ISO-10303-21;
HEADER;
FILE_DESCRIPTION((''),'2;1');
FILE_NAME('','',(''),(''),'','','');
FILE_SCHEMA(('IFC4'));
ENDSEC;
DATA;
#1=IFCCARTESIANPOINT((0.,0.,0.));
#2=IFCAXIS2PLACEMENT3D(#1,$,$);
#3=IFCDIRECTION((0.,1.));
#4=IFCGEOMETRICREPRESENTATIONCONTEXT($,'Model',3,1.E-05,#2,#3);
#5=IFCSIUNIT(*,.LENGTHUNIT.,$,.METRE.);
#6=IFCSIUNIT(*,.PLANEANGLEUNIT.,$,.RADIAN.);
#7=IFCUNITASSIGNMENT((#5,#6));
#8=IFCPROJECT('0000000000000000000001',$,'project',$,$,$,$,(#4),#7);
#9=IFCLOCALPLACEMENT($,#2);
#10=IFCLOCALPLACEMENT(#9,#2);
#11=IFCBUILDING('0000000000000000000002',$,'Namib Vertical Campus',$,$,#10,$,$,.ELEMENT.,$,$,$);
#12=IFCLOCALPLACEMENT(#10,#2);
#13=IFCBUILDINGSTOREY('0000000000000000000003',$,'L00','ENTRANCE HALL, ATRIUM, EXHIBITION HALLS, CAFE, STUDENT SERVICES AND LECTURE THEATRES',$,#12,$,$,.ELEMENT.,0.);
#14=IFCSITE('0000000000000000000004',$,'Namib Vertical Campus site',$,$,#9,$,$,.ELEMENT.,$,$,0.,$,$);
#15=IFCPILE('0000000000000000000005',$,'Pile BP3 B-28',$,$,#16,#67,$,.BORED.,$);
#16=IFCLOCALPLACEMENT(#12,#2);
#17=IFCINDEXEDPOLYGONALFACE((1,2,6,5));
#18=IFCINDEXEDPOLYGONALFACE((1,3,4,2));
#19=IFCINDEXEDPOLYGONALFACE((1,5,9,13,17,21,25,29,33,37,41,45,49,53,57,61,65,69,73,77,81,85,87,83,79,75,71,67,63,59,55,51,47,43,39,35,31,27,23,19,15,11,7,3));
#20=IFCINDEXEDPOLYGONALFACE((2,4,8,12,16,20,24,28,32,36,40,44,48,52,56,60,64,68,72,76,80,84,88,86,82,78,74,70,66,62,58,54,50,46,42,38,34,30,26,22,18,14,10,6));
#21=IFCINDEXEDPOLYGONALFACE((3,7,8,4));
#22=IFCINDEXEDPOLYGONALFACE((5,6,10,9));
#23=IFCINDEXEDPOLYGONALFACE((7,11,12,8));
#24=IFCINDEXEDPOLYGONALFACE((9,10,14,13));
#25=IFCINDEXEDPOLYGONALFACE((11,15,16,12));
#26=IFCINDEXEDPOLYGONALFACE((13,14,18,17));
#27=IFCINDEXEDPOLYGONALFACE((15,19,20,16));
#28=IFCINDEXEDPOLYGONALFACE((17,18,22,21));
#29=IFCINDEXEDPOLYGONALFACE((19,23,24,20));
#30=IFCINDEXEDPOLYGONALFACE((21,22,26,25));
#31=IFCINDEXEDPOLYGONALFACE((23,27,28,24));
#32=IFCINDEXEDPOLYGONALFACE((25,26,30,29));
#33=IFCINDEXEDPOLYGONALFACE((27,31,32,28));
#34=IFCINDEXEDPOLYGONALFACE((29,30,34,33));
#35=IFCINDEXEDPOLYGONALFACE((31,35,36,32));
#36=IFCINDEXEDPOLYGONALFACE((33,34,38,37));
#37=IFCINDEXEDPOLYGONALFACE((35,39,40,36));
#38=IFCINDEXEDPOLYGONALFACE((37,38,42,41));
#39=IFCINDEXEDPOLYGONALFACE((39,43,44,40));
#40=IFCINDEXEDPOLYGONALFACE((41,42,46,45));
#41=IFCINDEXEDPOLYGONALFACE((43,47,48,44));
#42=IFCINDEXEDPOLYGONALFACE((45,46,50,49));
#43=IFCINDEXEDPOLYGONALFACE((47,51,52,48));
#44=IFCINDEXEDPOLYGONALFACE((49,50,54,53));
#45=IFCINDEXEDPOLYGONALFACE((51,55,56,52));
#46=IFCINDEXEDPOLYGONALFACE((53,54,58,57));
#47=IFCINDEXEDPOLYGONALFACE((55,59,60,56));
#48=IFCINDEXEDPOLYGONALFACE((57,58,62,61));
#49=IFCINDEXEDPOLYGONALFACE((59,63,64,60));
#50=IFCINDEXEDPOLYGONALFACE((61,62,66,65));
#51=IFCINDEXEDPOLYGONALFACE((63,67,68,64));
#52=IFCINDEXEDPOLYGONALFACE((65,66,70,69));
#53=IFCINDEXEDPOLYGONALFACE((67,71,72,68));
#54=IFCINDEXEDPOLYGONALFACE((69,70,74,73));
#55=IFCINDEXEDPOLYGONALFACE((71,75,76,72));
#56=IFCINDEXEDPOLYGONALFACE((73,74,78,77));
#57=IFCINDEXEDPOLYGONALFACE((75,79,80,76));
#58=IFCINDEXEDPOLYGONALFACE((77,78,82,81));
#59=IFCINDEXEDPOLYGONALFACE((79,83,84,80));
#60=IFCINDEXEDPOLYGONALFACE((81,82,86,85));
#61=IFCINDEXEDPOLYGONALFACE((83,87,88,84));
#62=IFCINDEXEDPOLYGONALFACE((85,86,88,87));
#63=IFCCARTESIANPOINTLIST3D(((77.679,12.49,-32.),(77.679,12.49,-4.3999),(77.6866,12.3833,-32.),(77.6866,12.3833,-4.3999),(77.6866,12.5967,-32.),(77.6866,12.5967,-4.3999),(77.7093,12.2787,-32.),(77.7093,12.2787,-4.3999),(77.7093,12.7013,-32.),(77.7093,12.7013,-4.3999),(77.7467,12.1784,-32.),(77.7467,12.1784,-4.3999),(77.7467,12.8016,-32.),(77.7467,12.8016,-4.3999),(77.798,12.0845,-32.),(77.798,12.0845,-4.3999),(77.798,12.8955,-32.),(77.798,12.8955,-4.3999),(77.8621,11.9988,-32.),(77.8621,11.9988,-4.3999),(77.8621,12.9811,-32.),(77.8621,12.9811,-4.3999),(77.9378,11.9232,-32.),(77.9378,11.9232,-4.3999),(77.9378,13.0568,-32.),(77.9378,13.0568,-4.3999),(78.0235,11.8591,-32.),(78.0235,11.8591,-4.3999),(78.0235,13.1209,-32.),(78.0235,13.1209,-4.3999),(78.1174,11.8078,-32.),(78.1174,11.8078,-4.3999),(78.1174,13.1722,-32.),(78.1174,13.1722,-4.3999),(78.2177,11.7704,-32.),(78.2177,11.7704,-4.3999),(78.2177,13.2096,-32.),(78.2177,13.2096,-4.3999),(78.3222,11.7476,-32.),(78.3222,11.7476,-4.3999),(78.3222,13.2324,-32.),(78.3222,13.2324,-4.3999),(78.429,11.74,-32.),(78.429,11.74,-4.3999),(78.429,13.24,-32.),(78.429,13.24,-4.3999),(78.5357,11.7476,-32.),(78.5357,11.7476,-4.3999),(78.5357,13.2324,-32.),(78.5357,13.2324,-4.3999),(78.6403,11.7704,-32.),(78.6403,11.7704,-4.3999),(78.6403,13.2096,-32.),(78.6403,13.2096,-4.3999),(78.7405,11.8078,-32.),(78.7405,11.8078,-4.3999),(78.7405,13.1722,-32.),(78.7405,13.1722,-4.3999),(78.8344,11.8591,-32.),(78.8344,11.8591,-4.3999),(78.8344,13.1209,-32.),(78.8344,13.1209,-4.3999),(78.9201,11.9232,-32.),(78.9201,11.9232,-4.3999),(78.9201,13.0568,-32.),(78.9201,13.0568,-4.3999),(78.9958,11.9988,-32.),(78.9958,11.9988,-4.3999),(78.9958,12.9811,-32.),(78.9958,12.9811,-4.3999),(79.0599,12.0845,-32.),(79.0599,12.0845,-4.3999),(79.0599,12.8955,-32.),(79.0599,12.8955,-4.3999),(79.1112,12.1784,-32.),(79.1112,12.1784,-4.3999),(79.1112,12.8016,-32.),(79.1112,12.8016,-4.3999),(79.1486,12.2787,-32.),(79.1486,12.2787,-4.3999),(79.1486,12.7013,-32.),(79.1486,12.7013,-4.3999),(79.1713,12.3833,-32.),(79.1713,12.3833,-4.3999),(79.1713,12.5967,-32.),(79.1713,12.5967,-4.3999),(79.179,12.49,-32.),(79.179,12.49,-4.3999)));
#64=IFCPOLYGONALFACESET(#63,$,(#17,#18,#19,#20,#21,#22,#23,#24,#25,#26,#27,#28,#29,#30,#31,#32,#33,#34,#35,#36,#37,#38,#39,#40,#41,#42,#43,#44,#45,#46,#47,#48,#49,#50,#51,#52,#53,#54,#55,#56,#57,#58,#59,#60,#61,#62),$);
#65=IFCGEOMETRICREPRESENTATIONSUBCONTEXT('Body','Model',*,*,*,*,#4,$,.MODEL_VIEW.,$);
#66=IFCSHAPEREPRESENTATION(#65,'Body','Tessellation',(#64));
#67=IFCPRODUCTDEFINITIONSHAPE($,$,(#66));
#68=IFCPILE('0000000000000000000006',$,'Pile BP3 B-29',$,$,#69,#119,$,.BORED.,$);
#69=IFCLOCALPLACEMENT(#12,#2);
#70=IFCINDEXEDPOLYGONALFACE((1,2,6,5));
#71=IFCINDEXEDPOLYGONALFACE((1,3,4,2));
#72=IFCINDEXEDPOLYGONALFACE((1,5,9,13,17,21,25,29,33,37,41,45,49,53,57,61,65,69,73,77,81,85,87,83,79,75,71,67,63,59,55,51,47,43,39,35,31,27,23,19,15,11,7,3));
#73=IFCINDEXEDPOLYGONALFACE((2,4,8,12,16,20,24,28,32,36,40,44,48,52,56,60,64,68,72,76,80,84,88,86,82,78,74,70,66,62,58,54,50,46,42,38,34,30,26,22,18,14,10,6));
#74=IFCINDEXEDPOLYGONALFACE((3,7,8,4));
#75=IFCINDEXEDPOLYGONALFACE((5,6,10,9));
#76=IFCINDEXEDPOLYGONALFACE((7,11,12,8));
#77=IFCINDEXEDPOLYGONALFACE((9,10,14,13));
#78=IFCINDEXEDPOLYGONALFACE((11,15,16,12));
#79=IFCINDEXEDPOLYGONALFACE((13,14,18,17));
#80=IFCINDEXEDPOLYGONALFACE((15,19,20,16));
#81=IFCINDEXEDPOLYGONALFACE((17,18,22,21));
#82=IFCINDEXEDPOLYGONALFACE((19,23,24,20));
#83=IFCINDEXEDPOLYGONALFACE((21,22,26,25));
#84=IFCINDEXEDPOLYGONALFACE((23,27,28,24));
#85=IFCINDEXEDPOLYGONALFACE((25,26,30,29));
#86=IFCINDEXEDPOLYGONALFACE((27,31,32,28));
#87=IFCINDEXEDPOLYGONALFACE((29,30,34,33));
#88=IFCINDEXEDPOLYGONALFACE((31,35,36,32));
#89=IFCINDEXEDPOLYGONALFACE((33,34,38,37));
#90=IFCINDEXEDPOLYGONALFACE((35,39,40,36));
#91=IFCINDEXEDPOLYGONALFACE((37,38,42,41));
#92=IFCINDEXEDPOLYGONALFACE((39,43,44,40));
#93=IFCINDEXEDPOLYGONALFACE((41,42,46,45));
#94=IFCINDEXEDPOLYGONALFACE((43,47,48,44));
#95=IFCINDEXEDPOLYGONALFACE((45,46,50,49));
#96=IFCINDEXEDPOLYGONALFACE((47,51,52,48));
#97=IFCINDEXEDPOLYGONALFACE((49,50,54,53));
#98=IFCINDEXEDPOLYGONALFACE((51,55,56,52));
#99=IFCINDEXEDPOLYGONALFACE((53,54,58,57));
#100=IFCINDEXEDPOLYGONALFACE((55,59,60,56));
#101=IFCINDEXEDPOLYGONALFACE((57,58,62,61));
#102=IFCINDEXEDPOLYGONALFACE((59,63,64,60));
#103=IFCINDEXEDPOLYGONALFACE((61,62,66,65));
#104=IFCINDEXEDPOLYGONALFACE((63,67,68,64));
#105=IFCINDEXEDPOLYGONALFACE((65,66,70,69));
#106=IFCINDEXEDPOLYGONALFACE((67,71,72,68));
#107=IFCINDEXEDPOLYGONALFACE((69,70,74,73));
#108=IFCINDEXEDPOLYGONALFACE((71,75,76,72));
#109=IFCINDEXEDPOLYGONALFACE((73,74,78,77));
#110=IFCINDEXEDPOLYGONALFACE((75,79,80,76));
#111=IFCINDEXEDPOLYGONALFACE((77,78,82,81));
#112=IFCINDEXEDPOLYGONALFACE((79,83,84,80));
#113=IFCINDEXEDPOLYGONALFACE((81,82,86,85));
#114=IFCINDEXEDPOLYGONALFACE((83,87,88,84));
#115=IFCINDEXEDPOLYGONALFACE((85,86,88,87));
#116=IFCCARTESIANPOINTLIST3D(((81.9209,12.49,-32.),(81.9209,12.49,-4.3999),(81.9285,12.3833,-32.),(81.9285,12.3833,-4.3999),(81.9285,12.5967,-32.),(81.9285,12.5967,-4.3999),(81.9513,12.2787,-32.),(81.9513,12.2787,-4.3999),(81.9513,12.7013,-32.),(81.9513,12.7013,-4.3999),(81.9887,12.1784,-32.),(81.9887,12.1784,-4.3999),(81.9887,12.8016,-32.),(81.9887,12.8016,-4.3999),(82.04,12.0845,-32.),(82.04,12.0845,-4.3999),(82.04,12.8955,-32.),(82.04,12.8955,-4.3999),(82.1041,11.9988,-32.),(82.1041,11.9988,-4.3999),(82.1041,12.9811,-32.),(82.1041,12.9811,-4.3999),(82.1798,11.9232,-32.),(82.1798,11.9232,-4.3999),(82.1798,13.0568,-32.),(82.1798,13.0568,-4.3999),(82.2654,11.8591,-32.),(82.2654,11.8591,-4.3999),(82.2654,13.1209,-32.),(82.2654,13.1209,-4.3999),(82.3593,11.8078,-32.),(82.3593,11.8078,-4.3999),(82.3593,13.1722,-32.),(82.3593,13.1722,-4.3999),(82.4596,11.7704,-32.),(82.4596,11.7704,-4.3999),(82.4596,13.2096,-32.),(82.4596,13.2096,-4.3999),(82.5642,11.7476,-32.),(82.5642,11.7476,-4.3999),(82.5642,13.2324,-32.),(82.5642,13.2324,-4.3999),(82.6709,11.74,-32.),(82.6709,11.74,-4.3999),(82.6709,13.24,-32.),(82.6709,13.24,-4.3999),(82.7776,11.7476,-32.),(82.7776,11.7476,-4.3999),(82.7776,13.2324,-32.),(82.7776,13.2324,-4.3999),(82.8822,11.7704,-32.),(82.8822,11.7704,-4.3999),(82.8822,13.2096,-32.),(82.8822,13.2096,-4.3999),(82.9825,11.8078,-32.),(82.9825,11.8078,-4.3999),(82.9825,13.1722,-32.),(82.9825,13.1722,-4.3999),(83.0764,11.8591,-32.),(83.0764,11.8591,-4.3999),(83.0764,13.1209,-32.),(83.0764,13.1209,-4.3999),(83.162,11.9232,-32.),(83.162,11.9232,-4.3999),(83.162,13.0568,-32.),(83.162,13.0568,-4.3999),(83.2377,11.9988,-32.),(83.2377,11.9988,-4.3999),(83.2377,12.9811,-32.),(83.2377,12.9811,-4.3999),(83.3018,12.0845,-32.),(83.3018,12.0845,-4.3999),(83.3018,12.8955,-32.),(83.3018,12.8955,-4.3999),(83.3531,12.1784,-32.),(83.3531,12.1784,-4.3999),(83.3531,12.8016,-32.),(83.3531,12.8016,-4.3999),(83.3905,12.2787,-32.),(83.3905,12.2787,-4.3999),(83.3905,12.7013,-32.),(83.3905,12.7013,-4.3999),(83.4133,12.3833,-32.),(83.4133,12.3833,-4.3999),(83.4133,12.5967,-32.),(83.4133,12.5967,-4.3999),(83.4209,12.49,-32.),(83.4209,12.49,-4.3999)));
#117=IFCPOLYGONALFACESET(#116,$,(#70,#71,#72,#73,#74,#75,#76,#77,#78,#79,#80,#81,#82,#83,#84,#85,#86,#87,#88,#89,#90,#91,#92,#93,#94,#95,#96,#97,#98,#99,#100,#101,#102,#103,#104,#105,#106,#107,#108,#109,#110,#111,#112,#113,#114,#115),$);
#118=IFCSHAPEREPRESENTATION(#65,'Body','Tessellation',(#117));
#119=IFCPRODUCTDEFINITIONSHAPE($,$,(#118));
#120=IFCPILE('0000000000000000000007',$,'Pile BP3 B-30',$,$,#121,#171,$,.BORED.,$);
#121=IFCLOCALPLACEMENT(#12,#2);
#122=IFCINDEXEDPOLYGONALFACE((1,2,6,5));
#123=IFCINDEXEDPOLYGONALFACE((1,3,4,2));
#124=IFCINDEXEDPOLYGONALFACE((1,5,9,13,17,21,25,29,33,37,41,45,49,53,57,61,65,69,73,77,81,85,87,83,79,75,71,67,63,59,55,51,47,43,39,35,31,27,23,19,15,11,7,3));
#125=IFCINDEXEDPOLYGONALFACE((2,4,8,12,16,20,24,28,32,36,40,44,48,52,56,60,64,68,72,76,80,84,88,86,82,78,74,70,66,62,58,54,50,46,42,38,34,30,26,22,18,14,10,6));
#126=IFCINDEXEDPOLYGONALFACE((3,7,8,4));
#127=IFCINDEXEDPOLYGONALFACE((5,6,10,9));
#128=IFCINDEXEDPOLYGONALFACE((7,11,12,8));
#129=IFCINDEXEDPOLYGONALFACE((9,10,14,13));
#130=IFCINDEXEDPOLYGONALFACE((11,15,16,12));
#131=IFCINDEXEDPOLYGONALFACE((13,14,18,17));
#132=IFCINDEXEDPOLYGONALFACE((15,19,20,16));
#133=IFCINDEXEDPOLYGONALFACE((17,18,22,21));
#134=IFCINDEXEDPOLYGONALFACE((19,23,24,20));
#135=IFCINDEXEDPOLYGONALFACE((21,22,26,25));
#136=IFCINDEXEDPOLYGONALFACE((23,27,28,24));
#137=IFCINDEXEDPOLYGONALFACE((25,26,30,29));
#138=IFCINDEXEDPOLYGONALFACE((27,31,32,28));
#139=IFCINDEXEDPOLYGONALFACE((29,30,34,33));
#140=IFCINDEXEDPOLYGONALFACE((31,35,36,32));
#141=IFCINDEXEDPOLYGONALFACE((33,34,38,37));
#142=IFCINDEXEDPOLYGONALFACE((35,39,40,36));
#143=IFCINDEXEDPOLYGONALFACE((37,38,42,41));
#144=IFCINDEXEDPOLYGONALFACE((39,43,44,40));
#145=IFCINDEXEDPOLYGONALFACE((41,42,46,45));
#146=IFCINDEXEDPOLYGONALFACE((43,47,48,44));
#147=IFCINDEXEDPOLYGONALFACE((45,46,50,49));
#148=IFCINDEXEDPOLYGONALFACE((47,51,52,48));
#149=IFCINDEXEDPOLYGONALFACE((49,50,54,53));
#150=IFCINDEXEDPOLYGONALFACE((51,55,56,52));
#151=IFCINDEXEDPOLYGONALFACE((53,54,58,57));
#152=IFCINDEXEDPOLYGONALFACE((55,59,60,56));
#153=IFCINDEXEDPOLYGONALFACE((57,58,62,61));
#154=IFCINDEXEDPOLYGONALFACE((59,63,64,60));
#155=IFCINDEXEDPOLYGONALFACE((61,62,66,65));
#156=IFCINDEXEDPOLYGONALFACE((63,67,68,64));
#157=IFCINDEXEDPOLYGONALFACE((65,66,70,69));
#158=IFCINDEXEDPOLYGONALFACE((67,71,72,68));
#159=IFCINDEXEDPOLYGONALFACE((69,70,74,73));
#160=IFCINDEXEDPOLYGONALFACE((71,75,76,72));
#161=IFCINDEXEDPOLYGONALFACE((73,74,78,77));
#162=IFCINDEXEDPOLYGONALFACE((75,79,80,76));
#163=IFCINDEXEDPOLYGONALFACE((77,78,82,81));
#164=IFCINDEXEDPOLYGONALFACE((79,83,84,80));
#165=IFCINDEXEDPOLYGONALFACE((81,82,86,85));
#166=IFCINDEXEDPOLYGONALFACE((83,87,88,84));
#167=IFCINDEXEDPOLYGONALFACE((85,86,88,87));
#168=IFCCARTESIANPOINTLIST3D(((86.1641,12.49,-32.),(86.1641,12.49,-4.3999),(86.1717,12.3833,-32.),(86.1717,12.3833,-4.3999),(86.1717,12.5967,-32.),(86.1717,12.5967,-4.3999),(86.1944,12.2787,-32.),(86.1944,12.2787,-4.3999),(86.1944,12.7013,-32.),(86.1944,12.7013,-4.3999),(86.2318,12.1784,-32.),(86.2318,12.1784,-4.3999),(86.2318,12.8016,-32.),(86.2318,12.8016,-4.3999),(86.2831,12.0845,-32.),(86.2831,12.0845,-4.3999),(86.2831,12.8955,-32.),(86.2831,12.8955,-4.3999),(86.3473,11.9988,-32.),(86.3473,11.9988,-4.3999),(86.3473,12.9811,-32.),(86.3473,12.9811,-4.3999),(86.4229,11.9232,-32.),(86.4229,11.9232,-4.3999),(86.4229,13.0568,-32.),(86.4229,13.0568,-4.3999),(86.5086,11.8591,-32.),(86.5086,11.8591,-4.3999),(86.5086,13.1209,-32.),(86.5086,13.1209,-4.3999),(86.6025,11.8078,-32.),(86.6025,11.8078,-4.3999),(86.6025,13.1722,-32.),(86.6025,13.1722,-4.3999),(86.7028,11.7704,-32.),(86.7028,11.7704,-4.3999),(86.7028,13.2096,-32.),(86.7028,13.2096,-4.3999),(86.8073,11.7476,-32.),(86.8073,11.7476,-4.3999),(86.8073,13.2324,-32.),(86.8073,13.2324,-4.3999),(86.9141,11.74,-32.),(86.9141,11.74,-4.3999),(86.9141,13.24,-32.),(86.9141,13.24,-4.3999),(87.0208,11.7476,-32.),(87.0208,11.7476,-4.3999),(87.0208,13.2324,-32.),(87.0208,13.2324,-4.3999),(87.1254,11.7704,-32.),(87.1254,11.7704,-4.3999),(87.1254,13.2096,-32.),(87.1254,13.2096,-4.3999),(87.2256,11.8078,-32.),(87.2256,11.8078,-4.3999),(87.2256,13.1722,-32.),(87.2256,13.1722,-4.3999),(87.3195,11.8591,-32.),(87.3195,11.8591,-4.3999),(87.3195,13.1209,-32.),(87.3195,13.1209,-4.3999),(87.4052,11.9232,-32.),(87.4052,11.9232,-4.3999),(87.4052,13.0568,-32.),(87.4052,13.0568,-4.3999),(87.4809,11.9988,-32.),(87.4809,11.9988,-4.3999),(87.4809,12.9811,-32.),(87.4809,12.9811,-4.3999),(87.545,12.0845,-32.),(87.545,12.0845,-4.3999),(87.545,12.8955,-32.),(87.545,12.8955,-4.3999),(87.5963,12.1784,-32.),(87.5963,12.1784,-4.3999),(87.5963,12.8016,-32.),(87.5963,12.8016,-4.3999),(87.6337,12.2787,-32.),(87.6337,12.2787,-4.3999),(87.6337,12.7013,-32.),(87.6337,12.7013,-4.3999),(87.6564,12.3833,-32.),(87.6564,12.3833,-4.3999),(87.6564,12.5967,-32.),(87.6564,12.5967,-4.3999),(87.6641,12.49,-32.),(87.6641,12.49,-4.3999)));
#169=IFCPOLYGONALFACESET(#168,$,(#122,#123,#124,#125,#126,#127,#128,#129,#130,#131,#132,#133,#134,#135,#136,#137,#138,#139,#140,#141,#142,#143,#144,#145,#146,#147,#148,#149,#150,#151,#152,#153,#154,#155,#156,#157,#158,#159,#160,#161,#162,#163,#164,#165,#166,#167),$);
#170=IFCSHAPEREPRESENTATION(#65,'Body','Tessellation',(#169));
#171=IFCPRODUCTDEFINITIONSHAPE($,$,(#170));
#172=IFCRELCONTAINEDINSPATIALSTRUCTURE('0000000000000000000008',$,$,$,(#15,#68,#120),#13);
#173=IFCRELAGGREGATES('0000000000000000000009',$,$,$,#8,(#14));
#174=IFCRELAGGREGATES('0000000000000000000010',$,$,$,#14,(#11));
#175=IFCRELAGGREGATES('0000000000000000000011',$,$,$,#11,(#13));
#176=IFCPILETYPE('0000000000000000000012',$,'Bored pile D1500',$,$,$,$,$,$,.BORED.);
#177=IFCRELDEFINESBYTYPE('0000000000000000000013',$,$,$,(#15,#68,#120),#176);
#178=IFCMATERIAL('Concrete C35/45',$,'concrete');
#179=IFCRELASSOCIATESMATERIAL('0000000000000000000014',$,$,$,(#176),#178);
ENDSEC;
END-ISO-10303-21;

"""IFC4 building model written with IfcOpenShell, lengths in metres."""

from ifc_helpers import new_model, si_unit, direction, frame, origin, origin_2d, place, context, subcontext, project, spatial, circle, extrude, material, material_profile, profile_set, type_object, element, save


model = new_model("IFC4")

# Units and contexts
model_context = context("Model", 3, precision=1e-05, world=origin(), true_north=direction((0.0, 1.0)))
body_context = subcontext(model_context, "Body", "Model", "MODEL_VIEW")
ifc_project = project(units=[si_unit("LENGTHUNIT", "METRE"), si_unit("PLANEANGLEUNIT", "RADIAN")], contexts=[model_context])

# Site, building, storey
site_placement = place(None, origin())
site = spatial("IfcSite", under=ifc_project, at=site_placement, Name="Namib Vertical Campus site", CompositionType="ELEMENT", RefElevation=0.0)
building_placement = place(site_placement, origin())
building = spatial("IfcBuilding", under=site, at=building_placement, Name="Namib Vertical Campus", CompositionType="ELEMENT")
storey_placement = place(building_placement, origin())
storey = spatial("IfcBuildingStorey", under=building, at=storey_placement, Name="L00", Description="ENTRANCE HALL, ATRIUM, EXHIBITION HALLS, CAFE, STUDENT SERVICES AND LECTURE THEATRES", CompositionType="ELEMENT", Elevation=0.0)

# Piles
ifc_material_1 = material(Name="Concrete C35/45", Category="concrete")
ifc_material_profile = material_profile(ifc_material_1, circle(Radius=0.75, at=origin_2d()))
ifc_profile_set = profile_set([ifc_material_profile], Name="Concrete C35/45")
pile_type = type_object("IfcPileType", Name="Bored pile D1500", PredefinedType="BORED", material=ifc_profile_set)
for number, where, z_axis, x_axis, name in (
    (1, (78.429, 12.49, -4.3999), (0.0, 0.0, -1.0), (1.0, 0.0, 0.0), "Pile BP3 B-28"),
    (2, (82.6709, 12.49, -4.3999), (0.0, 0.0, -1.0), (1.0, 0.0, 0.0), "Pile BP3 B-29"),
    (3, (86.9141, 12.49, -4.3999), (0.0, 0.0, -1.0), (1.0, 0.0, 0.0), "Pile BP3 B-30"),
):
    element("IfcPile", number, at=place(storey_placement, frame(where, z_axis=z_axis, x_axis=x_axis)), inside=storey, type_object=pile_type, Name=name, PredefinedType="BORED", context=body_context, shape_type="SweptSolid", body=[
        extrude(circle(Radius=0.75, at=origin_2d()), origin(), (0.0, 0.0, 1.0), 27.6001),
    ])

save(model, "model.ifc")
